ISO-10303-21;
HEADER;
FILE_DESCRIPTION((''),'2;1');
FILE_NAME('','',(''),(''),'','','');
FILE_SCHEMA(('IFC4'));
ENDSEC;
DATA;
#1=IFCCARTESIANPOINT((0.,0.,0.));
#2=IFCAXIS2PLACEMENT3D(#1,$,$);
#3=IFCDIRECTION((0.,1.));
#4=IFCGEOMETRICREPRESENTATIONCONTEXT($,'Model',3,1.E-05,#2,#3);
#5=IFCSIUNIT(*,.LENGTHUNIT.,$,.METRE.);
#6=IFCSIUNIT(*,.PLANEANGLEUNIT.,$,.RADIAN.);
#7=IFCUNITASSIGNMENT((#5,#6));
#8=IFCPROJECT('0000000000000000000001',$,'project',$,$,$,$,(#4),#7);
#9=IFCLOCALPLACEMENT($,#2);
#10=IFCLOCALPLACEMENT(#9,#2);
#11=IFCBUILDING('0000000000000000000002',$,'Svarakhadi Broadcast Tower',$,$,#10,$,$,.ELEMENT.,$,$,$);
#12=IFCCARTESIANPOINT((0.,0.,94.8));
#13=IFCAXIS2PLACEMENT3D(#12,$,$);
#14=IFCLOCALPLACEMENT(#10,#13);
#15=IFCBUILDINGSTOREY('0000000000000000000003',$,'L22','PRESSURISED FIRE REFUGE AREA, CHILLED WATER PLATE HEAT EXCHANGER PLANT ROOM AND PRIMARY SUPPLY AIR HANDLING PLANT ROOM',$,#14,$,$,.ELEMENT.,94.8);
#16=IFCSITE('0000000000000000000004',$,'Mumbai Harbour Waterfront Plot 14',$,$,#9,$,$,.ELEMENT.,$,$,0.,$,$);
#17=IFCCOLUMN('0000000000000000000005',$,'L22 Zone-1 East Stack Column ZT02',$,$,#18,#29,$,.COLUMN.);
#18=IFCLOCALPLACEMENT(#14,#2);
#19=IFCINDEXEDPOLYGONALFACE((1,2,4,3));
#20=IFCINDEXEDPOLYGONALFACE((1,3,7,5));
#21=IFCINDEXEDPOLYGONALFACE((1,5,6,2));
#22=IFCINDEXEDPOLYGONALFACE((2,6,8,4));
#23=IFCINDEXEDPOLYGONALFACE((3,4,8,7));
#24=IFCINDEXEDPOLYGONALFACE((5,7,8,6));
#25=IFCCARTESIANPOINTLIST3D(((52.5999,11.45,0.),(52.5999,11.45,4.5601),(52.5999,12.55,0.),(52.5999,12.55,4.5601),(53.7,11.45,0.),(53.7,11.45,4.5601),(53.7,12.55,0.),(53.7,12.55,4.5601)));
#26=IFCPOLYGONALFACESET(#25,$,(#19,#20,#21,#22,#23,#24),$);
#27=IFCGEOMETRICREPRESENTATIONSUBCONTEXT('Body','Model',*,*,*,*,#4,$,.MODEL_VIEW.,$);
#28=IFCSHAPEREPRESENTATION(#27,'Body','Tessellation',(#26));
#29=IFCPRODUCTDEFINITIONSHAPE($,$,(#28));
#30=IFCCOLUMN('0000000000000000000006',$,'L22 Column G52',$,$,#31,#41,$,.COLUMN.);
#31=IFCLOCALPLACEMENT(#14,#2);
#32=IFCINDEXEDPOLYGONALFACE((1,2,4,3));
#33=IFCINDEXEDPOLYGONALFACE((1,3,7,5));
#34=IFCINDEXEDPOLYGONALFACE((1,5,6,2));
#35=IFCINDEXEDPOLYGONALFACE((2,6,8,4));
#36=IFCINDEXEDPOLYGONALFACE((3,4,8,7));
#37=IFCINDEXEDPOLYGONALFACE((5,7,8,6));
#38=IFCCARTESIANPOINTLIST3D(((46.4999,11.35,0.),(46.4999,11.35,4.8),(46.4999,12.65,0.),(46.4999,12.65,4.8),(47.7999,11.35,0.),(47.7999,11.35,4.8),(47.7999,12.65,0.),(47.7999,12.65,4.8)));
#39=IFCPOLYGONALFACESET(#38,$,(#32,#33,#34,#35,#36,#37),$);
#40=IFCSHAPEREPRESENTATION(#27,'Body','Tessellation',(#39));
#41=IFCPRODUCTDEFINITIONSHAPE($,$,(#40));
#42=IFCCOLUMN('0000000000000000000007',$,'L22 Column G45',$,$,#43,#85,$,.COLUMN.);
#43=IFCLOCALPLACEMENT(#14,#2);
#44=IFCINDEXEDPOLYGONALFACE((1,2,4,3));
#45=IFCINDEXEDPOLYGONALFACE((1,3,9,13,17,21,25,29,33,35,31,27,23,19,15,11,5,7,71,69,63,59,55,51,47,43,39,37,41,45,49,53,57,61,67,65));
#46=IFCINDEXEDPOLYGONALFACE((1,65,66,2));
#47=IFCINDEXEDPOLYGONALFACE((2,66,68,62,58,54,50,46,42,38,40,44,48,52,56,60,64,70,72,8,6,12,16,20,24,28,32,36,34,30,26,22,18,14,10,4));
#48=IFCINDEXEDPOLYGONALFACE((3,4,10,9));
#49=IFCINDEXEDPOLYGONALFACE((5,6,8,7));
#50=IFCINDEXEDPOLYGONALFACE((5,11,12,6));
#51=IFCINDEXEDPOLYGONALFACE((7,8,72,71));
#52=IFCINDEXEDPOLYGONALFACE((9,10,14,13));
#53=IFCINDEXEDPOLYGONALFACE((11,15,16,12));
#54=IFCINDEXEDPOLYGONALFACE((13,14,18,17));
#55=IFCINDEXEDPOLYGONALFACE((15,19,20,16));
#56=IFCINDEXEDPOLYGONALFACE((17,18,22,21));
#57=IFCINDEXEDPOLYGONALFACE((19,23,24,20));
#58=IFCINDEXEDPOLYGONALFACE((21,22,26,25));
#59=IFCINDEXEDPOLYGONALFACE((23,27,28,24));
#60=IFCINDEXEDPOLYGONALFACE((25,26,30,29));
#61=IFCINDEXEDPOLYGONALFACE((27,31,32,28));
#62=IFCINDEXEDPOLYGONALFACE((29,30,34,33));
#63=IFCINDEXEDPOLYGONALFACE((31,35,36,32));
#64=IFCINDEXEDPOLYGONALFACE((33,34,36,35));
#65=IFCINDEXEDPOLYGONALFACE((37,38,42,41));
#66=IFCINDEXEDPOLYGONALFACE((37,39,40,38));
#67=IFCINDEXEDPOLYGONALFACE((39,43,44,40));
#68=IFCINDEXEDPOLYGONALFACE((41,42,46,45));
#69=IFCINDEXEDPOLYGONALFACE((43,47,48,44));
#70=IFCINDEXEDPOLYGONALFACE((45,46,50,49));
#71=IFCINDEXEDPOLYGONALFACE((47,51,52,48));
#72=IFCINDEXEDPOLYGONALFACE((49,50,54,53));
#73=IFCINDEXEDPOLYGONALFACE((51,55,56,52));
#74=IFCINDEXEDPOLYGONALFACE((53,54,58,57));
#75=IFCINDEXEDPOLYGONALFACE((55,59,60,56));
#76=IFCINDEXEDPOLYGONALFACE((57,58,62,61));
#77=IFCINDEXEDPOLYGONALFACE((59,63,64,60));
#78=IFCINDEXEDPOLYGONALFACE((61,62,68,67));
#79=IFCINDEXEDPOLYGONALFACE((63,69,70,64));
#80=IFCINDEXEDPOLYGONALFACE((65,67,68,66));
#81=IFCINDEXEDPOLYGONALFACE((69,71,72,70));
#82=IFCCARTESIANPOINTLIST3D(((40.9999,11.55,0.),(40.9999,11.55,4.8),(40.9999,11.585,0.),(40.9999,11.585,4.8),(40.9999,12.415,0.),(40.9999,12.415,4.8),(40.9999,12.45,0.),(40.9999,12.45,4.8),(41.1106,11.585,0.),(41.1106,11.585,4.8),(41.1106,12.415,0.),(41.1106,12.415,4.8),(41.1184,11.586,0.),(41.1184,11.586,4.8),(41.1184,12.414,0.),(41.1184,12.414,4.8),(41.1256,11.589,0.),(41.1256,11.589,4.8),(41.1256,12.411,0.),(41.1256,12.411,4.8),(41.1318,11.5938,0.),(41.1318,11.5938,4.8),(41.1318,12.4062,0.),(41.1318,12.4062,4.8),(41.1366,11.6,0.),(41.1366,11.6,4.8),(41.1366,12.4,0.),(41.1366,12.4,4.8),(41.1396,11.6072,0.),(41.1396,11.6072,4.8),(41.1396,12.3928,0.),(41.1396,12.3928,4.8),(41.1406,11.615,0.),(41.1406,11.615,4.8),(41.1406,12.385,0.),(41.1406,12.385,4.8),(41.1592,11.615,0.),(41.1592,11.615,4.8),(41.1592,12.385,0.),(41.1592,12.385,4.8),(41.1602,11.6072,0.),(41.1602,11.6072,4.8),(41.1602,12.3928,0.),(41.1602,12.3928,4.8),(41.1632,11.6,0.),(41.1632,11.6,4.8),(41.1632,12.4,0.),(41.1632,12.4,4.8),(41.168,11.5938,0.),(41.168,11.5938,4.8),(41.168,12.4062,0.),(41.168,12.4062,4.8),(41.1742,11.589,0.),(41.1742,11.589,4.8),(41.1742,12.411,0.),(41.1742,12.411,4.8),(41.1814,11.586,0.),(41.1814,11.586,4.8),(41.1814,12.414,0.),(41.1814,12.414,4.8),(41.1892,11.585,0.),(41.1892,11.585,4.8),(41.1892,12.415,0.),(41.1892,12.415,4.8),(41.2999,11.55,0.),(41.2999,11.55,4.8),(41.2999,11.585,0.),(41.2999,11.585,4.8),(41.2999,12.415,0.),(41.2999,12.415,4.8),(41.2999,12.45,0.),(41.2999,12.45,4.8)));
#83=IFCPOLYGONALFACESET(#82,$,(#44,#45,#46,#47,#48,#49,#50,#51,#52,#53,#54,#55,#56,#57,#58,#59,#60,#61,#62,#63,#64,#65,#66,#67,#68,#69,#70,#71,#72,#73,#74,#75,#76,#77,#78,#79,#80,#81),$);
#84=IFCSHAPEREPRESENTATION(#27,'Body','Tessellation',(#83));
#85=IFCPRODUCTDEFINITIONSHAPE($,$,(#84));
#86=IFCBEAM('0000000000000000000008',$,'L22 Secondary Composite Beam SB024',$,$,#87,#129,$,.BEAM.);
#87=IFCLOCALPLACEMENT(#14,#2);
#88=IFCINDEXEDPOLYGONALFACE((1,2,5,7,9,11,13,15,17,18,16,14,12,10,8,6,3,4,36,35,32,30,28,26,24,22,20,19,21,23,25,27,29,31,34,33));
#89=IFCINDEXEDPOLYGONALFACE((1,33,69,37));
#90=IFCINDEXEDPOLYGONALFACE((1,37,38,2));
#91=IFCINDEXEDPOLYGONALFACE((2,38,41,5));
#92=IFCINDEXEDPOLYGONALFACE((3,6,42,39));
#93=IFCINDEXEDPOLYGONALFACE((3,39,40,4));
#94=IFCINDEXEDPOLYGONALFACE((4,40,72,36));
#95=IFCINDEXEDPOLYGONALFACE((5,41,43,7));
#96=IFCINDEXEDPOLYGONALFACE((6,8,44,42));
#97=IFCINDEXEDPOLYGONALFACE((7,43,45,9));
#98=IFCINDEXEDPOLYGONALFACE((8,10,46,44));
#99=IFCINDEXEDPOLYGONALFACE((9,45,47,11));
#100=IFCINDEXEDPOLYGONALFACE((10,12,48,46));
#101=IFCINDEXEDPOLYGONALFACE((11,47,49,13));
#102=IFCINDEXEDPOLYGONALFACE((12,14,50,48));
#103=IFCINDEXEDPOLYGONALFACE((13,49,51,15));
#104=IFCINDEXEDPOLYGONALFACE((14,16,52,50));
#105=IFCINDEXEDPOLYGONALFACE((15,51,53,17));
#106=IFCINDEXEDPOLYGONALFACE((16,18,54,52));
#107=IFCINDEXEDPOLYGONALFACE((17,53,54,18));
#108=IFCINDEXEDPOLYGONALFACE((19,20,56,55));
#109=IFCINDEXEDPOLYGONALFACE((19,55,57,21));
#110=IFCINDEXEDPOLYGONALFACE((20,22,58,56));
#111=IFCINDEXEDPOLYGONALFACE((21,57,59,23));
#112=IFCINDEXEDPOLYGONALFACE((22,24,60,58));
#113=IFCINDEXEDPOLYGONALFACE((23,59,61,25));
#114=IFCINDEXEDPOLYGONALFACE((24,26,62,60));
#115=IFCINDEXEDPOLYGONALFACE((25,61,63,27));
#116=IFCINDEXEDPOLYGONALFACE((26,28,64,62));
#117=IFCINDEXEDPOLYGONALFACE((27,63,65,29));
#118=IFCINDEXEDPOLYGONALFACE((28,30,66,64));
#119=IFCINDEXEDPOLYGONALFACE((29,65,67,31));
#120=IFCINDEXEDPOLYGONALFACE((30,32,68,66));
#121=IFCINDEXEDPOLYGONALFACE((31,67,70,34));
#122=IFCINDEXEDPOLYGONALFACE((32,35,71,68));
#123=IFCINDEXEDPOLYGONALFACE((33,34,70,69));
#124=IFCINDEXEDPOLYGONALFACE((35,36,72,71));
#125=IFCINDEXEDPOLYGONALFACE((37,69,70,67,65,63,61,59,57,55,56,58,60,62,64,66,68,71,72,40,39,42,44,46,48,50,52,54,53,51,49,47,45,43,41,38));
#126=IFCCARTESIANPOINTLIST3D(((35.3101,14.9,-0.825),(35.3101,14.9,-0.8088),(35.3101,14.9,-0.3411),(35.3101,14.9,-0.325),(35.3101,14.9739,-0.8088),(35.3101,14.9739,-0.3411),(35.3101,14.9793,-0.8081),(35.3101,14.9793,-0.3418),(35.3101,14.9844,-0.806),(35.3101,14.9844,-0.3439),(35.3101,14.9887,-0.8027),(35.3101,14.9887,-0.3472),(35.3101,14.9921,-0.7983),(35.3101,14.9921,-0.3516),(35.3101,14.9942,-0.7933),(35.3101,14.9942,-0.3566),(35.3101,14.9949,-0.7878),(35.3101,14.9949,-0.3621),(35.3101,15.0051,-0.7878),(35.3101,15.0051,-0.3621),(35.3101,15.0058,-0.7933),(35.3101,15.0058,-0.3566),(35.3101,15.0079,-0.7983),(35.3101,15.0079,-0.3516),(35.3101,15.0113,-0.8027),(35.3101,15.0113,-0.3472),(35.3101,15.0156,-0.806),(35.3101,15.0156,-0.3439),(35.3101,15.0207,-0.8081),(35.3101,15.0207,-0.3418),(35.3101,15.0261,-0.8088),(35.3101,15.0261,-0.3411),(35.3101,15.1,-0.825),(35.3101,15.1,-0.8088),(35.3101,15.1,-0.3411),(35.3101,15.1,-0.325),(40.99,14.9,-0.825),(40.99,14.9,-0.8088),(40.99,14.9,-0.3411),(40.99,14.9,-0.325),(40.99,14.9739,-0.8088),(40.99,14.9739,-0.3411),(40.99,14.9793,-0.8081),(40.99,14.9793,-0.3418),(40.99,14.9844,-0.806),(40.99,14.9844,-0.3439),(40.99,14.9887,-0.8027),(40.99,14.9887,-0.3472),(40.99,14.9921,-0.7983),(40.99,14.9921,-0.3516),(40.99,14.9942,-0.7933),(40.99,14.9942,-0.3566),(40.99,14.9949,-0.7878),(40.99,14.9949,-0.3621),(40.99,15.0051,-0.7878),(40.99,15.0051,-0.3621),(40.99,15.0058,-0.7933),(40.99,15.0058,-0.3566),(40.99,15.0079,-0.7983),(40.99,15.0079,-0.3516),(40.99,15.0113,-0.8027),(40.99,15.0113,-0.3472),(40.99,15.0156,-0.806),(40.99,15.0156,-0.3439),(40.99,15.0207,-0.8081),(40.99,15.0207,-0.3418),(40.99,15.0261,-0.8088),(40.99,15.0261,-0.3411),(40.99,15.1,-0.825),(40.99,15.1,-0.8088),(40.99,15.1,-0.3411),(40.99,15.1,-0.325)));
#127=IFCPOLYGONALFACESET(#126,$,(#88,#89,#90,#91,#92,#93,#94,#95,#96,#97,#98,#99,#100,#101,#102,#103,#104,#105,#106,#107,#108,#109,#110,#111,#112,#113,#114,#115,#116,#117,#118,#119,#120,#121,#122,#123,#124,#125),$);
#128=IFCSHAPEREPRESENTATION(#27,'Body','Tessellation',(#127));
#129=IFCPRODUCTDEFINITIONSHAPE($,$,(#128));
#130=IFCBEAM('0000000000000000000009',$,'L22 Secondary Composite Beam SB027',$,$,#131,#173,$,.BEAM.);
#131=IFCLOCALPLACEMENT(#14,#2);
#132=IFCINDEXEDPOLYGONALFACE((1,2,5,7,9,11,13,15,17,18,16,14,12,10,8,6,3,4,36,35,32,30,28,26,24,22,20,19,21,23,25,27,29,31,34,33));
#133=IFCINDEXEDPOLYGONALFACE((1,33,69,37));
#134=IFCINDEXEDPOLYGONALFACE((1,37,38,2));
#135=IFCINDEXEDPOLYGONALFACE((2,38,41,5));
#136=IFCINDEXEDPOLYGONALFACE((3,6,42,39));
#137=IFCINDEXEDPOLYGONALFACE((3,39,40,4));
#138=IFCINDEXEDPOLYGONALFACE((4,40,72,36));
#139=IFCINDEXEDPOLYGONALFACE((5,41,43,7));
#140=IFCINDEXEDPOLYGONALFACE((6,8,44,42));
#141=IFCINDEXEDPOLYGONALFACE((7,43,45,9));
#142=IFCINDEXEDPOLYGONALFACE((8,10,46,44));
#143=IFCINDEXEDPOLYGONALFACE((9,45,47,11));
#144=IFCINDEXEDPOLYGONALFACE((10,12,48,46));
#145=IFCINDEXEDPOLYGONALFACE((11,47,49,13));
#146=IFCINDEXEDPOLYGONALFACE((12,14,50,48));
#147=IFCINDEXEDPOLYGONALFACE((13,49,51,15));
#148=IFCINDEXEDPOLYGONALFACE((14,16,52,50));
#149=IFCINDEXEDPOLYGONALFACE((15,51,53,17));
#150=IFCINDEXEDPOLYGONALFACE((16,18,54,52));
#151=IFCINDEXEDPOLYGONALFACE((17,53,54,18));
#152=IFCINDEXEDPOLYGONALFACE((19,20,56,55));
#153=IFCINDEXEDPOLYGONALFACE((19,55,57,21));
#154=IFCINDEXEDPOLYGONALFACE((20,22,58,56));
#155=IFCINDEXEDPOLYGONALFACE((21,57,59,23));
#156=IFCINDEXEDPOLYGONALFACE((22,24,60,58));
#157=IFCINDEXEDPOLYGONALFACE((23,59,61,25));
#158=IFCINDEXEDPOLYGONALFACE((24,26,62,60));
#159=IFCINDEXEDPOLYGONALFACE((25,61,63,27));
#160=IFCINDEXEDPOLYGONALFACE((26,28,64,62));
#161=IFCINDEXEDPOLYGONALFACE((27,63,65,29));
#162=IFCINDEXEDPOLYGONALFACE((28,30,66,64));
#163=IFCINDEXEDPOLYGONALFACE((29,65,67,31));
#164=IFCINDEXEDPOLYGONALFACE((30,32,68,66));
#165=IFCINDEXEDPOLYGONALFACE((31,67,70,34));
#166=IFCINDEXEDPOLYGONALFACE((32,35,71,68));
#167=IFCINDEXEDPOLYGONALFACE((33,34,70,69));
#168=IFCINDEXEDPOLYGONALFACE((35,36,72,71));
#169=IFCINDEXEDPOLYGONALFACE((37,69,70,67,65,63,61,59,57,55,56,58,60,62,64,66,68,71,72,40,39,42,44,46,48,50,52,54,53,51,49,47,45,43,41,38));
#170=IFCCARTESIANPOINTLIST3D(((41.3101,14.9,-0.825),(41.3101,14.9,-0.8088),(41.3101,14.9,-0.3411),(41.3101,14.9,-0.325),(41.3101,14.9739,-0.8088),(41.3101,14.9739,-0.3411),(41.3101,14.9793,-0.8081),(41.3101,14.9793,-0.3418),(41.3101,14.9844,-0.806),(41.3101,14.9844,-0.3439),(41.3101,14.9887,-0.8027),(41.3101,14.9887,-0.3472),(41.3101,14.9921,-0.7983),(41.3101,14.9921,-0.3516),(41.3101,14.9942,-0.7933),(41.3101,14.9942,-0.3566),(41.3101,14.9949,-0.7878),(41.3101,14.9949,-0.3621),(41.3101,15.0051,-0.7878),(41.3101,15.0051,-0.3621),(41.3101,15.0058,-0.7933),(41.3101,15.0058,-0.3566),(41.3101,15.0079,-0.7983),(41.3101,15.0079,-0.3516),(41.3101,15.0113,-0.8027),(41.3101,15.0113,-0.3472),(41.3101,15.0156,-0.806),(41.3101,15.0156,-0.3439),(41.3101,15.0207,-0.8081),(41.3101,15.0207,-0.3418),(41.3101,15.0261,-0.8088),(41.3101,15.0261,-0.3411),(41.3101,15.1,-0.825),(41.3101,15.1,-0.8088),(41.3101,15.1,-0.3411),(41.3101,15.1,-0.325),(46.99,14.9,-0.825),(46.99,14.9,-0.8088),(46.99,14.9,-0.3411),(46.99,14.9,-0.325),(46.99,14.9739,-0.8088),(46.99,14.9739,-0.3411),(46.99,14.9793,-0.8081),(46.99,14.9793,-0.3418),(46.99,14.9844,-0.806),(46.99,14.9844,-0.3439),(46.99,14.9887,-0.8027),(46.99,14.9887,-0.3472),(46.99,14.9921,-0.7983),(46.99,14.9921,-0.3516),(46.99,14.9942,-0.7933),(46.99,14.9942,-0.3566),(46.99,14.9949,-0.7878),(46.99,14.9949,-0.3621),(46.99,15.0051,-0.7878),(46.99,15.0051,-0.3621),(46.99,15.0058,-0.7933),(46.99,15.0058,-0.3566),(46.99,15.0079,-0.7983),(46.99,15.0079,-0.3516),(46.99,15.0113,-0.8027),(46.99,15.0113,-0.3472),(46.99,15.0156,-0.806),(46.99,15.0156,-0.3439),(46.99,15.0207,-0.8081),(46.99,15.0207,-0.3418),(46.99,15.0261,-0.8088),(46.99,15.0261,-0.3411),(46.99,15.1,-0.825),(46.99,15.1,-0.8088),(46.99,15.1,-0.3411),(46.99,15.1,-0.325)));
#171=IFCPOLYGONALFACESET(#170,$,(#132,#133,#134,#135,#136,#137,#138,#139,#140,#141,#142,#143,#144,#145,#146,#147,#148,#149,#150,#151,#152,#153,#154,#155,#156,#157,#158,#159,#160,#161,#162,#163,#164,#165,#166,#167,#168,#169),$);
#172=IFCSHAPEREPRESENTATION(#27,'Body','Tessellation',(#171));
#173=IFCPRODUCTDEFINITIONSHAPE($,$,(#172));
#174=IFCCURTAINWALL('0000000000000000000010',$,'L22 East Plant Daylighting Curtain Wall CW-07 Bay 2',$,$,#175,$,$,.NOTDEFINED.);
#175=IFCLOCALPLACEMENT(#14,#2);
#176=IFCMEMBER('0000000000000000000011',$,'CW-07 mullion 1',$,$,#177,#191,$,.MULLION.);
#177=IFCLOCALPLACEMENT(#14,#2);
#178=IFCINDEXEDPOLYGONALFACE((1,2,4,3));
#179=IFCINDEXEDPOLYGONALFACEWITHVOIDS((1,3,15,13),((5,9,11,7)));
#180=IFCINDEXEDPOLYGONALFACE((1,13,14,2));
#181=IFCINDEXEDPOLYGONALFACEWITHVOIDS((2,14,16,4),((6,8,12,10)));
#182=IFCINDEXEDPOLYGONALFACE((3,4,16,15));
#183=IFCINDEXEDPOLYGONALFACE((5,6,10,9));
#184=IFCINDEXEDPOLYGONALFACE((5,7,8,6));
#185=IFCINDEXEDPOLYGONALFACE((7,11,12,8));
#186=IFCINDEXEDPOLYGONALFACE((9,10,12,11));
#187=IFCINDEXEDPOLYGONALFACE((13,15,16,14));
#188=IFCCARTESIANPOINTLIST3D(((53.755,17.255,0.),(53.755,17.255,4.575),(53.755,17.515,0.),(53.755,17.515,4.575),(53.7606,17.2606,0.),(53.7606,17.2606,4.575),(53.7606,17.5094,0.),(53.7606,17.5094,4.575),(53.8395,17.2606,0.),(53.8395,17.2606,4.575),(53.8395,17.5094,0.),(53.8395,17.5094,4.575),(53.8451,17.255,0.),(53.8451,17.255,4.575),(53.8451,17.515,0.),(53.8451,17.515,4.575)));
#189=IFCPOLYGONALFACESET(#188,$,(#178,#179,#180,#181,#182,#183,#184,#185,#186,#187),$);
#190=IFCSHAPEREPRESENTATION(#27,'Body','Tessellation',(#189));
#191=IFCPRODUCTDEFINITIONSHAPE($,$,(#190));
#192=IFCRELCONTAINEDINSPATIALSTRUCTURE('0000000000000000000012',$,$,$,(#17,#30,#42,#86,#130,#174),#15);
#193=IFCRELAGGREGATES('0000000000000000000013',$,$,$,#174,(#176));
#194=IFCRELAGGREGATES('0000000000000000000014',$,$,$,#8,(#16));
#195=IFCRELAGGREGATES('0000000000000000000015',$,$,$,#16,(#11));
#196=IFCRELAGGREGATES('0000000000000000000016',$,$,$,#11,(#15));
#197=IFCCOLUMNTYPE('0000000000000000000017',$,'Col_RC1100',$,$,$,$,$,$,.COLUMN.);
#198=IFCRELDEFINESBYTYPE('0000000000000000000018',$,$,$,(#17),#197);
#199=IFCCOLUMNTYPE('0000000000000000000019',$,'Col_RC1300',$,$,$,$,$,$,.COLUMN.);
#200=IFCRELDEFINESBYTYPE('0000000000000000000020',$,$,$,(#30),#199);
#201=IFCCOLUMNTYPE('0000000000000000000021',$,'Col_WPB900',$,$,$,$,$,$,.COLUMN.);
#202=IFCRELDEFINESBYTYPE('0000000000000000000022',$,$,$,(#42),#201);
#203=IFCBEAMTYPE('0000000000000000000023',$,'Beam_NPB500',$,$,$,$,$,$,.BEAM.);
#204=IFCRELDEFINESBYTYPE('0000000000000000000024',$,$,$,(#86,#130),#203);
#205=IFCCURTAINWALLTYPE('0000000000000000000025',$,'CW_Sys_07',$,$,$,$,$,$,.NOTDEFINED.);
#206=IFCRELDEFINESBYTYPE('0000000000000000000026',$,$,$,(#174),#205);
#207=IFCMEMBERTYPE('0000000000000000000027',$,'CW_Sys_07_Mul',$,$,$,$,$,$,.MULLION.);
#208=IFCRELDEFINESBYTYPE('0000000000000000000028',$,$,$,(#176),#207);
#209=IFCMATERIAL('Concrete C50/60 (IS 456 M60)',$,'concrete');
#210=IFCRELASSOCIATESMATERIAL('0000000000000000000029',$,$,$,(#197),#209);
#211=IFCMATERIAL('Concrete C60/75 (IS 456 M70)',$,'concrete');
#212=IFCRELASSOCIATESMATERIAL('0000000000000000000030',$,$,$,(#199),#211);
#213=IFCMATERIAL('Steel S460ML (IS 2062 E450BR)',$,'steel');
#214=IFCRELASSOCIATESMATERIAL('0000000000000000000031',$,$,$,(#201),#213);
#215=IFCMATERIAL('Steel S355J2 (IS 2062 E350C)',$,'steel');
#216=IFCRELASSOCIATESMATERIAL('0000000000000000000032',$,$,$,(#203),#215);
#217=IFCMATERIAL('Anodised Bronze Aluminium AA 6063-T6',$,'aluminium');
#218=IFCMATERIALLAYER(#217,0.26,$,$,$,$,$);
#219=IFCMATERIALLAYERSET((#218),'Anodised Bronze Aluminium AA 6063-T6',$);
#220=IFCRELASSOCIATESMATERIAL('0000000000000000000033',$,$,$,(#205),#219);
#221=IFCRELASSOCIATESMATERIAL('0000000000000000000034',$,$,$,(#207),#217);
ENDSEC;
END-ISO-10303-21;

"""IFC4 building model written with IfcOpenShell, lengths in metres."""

from ifc_helpers import new_model, si_unit, direction, frame, origin, origin_2d, place, context, subcontext, project, spatial, rectangle, hollow_rectangle, i_section, extrude, material, layer, layer_set, material_profile, profile_set, type_object, element, aggregate, save


model = new_model("IFC4")

# Units and contexts
model_context = context("Model", 3, precision=1e-05, world=origin(), true_north=direction((0.0, 1.0)))
body_context = subcontext(model_context, "Body", "Model", "MODEL_VIEW")
ifc_project = project(units=[si_unit("LENGTHUNIT", "METRE"), si_unit("PLANEANGLEUNIT", "RADIAN")], contexts=[model_context])

# Site, building, storey
site_placement = place(None, origin())
site = spatial("IfcSite", under=ifc_project, at=site_placement, Name="Mumbai Harbour Waterfront Plot 14", CompositionType="ELEMENT", RefElevation=0.0)
building_placement = place(site_placement, origin())
building = spatial("IfcBuilding", under=site, at=building_placement, Name="Svarakhadi Broadcast Tower", CompositionType="ELEMENT")
storey_placement = place(building_placement, frame((0.0, 0.0, 94.8)))
storey = spatial("IfcBuildingStorey", under=building, at=storey_placement, Name="L22", Description="PRESSURISED FIRE REFUGE AREA, CHILLED WATER PLATE HEAT EXCHANGER PLANT ROOM AND PRIMARY SUPPLY AIR HANDLING PLANT ROOM", CompositionType="ELEMENT", Elevation=94.8)

# Columns
ifc_material_1 = material(Name="Concrete C50/60 (IS 456 M60)", Category="concrete")
ifc_material_profile_1 = material_profile(ifc_material_1, rectangle(XDim=1.1001, YDim=1.1001, at=origin_2d()), Name="RC 1100x1100")
ifc_profile_set_1 = profile_set([ifc_material_profile_1], Name="Concrete C50/60 (IS 456 M60)")
column_type_1 = type_object("IfcColumnType", Name="Col_RC1100", PredefinedType="COLUMN", material=ifc_profile_set_1)
column_1_placement = place(storey_placement, frame((53.1499, 12.0, 0.0), z_axis=(0.0, 0.0, 1.0), x_axis=(1.0, 0.0, 0.0)))
element("IfcColumn", 1, at=column_1_placement, inside=storey, type_object=column_type_1, Name="L22 Zone-1 East Stack Column ZT02", PredefinedType="COLUMN", context=body_context, shape_type="SweptSolid", body=[
    extrude(rectangle(XDim=1.1001, YDim=1.1001, at=origin_2d()), origin(), (0.0, 0.0, 1.0), 4.5601),
])
ifc_material_2 = material(Name="Concrete C60/75 (IS 456 M70)", Category="concrete")
ifc_material_profile_2 = material_profile(ifc_material_2, rectangle(XDim=1.3, YDim=1.3, at=origin_2d()), Name="RC 1300x1300")
ifc_profile_set_2 = profile_set([ifc_material_profile_2], Name="Concrete C60/75 (IS 456 M70)")
column_type_2 = type_object("IfcColumnType", Name="Col_RC1300", PredefinedType="COLUMN", material=ifc_profile_set_2)
column_2_placement = place(storey_placement, frame((47.1499, 12.0, 0.0), z_axis=(0.0, 0.0, 1.0), x_axis=(1.0, 0.0, 0.0)))
element("IfcColumn", 2, at=column_2_placement, inside=storey, type_object=column_type_2, Name="L22 Column G52", PredefinedType="COLUMN", context=body_context, shape_type="SweptSolid", body=[
    extrude(rectangle(XDim=1.3, YDim=1.3, at=origin_2d()), origin(), (0.0, 0.0, 1.0), 4.8),
])
ifc_material_3 = material(Name="Steel S460ML (IS 2062 E450BR)", Category="steel")
ifc_material_profile_3 = material_profile(ifc_material_3, i_section(OverallWidth=0.3, OverallDepth=0.8999, WebThickness=0.0186, FlangeThickness=0.0349, FilletRadius=0.03, at=origin_2d()), Name="WPB 900x300x291")
ifc_profile_set_3 = profile_set([ifc_material_profile_3], Name="Steel S460ML (IS 2062 E450BR)")
column_type_3 = type_object("IfcColumnType", Name="Col_WPB900", PredefinedType="COLUMN", material=ifc_profile_set_3)
column_3_placement = place(storey_placement, frame((41.1499, 12.0, 0.0), z_axis=(0.0, 0.0, 1.0), x_axis=(1.0, 0.0, 0.0)))
element("IfcColumn", 3, at=column_3_placement, inside=storey, type_object=column_type_3, Name="L22 Column G45", PredefinedType="COLUMN", context=body_context, shape_type="SweptSolid", body=[
    extrude(i_section(OverallWidth=0.3, OverallDepth=0.8999, WebThickness=0.0186, FlangeThickness=0.0349, FilletRadius=0.03, at=origin_2d()), origin(), (0.0, 0.0, 1.0), 4.8),
])

# Beams
ifc_material_4 = material(Name="Steel S355J2 (IS 2062 E350C)", Category="steel")
ifc_material_profile_4 = material_profile(ifc_material_4, i_section(OverallWidth=0.2, OverallDepth=0.5, WebThickness=0.0103, FlangeThickness=0.0161, FilletRadius=0.021, at=origin_2d()), Name="NPB 500x200x91")
ifc_profile_set_4 = profile_set([ifc_material_profile_4], Name="Steel S355J2 (IS 2062 E350C)")
beam_type_1 = type_object("IfcBeamType", Name="Beam_NPB500", PredefinedType="BEAM", material=ifc_profile_set_4)
for number, where, z_axis, x_axis, name in (
    (4, (35.3101, 15.0, -0.575), (1.0, 0.0, 0.0), (0.0, 1.0, 0.0), "L22 Secondary Composite Beam SB024"),
    (5, (41.3101, 15.0, -0.575), (1.0, 0.0, 0.0), (0.0, 1.0, 0.0), "L22 Secondary Composite Beam SB027"),
):
    element("IfcBeam", number, at=place(storey_placement, frame(where, z_axis=z_axis, x_axis=x_axis)), inside=storey, type_object=beam_type_1, Name=name, PredefinedType="BEAM", context=body_context, shape_type="SweptSolid", body=[
        extrude(i_section(OverallWidth=0.2, OverallDepth=0.5, WebThickness=0.0103, FlangeThickness=0.0161, FilletRadius=0.021, at=origin_2d()), origin(), (0.0, 0.0, 1.0), 5.6799),
    ])

# Curtain wall, member
ifc_material_5 = material(Name="Anodised Bronze Aluminium AA 6063-T6", Category="aluminium")
ifc_layer_1 = layer(ifc_material_5, 0.26)
ifc_layer_set_1 = layer_set([ifc_layer_1], Name="Anodised Bronze Aluminium AA 6063-T6")
curtain_wall_type = type_object("IfcCurtainWallType", Name="CW_Sys_07", PredefinedType="NOTDEFINED", material=ifc_layer_set_1)
curtain_wall_1_placement = place(storey_placement, origin())
curtain_wall_1 = element("IfcCurtainWall", 6, at=curtain_wall_1_placement, inside=storey, type_object=curtain_wall_type, Name="L22 East Plant Daylighting Curtain Wall CW-07 Bay 2", PredefinedType="NOTDEFINED")
ifc_material_profile_5 = material_profile(ifc_material_5, hollow_rectangle(XDim=0.0901, YDim=0.26, WallThickness=0.0056, at=origin_2d()), Name="ALU MULLION 260x90x6")
ifc_profile_set_5 = profile_set([ifc_material_profile_5], Name="Anodised Bronze Aluminium AA 6063-T6")
member_type_1 = type_object("IfcMemberType", Name="CW_Sys_07_Mul", PredefinedType="MULLION", material=ifc_profile_set_5)
member_1_placement = place(storey_placement, frame((53.8, 17.385, 0.0), z_axis=(0.0, 0.0, 1.0), x_axis=(1.0, 0.0, 0.0)))
member_1 = element("IfcMember", 7, at=member_1_placement, type_object=member_type_1, Name="CW-07 mullion 1", PredefinedType="MULLION", context=body_context, shape_type="SweptSolid", body=[
    extrude(hollow_rectangle(XDim=0.0901, YDim=0.26, WallThickness=0.0056, at=origin_2d()), origin(), (0.0, 0.0, 1.0), 4.575),
])

aggregate(curtain_wall_1, [member_1])

save(model, "model.ifc")
